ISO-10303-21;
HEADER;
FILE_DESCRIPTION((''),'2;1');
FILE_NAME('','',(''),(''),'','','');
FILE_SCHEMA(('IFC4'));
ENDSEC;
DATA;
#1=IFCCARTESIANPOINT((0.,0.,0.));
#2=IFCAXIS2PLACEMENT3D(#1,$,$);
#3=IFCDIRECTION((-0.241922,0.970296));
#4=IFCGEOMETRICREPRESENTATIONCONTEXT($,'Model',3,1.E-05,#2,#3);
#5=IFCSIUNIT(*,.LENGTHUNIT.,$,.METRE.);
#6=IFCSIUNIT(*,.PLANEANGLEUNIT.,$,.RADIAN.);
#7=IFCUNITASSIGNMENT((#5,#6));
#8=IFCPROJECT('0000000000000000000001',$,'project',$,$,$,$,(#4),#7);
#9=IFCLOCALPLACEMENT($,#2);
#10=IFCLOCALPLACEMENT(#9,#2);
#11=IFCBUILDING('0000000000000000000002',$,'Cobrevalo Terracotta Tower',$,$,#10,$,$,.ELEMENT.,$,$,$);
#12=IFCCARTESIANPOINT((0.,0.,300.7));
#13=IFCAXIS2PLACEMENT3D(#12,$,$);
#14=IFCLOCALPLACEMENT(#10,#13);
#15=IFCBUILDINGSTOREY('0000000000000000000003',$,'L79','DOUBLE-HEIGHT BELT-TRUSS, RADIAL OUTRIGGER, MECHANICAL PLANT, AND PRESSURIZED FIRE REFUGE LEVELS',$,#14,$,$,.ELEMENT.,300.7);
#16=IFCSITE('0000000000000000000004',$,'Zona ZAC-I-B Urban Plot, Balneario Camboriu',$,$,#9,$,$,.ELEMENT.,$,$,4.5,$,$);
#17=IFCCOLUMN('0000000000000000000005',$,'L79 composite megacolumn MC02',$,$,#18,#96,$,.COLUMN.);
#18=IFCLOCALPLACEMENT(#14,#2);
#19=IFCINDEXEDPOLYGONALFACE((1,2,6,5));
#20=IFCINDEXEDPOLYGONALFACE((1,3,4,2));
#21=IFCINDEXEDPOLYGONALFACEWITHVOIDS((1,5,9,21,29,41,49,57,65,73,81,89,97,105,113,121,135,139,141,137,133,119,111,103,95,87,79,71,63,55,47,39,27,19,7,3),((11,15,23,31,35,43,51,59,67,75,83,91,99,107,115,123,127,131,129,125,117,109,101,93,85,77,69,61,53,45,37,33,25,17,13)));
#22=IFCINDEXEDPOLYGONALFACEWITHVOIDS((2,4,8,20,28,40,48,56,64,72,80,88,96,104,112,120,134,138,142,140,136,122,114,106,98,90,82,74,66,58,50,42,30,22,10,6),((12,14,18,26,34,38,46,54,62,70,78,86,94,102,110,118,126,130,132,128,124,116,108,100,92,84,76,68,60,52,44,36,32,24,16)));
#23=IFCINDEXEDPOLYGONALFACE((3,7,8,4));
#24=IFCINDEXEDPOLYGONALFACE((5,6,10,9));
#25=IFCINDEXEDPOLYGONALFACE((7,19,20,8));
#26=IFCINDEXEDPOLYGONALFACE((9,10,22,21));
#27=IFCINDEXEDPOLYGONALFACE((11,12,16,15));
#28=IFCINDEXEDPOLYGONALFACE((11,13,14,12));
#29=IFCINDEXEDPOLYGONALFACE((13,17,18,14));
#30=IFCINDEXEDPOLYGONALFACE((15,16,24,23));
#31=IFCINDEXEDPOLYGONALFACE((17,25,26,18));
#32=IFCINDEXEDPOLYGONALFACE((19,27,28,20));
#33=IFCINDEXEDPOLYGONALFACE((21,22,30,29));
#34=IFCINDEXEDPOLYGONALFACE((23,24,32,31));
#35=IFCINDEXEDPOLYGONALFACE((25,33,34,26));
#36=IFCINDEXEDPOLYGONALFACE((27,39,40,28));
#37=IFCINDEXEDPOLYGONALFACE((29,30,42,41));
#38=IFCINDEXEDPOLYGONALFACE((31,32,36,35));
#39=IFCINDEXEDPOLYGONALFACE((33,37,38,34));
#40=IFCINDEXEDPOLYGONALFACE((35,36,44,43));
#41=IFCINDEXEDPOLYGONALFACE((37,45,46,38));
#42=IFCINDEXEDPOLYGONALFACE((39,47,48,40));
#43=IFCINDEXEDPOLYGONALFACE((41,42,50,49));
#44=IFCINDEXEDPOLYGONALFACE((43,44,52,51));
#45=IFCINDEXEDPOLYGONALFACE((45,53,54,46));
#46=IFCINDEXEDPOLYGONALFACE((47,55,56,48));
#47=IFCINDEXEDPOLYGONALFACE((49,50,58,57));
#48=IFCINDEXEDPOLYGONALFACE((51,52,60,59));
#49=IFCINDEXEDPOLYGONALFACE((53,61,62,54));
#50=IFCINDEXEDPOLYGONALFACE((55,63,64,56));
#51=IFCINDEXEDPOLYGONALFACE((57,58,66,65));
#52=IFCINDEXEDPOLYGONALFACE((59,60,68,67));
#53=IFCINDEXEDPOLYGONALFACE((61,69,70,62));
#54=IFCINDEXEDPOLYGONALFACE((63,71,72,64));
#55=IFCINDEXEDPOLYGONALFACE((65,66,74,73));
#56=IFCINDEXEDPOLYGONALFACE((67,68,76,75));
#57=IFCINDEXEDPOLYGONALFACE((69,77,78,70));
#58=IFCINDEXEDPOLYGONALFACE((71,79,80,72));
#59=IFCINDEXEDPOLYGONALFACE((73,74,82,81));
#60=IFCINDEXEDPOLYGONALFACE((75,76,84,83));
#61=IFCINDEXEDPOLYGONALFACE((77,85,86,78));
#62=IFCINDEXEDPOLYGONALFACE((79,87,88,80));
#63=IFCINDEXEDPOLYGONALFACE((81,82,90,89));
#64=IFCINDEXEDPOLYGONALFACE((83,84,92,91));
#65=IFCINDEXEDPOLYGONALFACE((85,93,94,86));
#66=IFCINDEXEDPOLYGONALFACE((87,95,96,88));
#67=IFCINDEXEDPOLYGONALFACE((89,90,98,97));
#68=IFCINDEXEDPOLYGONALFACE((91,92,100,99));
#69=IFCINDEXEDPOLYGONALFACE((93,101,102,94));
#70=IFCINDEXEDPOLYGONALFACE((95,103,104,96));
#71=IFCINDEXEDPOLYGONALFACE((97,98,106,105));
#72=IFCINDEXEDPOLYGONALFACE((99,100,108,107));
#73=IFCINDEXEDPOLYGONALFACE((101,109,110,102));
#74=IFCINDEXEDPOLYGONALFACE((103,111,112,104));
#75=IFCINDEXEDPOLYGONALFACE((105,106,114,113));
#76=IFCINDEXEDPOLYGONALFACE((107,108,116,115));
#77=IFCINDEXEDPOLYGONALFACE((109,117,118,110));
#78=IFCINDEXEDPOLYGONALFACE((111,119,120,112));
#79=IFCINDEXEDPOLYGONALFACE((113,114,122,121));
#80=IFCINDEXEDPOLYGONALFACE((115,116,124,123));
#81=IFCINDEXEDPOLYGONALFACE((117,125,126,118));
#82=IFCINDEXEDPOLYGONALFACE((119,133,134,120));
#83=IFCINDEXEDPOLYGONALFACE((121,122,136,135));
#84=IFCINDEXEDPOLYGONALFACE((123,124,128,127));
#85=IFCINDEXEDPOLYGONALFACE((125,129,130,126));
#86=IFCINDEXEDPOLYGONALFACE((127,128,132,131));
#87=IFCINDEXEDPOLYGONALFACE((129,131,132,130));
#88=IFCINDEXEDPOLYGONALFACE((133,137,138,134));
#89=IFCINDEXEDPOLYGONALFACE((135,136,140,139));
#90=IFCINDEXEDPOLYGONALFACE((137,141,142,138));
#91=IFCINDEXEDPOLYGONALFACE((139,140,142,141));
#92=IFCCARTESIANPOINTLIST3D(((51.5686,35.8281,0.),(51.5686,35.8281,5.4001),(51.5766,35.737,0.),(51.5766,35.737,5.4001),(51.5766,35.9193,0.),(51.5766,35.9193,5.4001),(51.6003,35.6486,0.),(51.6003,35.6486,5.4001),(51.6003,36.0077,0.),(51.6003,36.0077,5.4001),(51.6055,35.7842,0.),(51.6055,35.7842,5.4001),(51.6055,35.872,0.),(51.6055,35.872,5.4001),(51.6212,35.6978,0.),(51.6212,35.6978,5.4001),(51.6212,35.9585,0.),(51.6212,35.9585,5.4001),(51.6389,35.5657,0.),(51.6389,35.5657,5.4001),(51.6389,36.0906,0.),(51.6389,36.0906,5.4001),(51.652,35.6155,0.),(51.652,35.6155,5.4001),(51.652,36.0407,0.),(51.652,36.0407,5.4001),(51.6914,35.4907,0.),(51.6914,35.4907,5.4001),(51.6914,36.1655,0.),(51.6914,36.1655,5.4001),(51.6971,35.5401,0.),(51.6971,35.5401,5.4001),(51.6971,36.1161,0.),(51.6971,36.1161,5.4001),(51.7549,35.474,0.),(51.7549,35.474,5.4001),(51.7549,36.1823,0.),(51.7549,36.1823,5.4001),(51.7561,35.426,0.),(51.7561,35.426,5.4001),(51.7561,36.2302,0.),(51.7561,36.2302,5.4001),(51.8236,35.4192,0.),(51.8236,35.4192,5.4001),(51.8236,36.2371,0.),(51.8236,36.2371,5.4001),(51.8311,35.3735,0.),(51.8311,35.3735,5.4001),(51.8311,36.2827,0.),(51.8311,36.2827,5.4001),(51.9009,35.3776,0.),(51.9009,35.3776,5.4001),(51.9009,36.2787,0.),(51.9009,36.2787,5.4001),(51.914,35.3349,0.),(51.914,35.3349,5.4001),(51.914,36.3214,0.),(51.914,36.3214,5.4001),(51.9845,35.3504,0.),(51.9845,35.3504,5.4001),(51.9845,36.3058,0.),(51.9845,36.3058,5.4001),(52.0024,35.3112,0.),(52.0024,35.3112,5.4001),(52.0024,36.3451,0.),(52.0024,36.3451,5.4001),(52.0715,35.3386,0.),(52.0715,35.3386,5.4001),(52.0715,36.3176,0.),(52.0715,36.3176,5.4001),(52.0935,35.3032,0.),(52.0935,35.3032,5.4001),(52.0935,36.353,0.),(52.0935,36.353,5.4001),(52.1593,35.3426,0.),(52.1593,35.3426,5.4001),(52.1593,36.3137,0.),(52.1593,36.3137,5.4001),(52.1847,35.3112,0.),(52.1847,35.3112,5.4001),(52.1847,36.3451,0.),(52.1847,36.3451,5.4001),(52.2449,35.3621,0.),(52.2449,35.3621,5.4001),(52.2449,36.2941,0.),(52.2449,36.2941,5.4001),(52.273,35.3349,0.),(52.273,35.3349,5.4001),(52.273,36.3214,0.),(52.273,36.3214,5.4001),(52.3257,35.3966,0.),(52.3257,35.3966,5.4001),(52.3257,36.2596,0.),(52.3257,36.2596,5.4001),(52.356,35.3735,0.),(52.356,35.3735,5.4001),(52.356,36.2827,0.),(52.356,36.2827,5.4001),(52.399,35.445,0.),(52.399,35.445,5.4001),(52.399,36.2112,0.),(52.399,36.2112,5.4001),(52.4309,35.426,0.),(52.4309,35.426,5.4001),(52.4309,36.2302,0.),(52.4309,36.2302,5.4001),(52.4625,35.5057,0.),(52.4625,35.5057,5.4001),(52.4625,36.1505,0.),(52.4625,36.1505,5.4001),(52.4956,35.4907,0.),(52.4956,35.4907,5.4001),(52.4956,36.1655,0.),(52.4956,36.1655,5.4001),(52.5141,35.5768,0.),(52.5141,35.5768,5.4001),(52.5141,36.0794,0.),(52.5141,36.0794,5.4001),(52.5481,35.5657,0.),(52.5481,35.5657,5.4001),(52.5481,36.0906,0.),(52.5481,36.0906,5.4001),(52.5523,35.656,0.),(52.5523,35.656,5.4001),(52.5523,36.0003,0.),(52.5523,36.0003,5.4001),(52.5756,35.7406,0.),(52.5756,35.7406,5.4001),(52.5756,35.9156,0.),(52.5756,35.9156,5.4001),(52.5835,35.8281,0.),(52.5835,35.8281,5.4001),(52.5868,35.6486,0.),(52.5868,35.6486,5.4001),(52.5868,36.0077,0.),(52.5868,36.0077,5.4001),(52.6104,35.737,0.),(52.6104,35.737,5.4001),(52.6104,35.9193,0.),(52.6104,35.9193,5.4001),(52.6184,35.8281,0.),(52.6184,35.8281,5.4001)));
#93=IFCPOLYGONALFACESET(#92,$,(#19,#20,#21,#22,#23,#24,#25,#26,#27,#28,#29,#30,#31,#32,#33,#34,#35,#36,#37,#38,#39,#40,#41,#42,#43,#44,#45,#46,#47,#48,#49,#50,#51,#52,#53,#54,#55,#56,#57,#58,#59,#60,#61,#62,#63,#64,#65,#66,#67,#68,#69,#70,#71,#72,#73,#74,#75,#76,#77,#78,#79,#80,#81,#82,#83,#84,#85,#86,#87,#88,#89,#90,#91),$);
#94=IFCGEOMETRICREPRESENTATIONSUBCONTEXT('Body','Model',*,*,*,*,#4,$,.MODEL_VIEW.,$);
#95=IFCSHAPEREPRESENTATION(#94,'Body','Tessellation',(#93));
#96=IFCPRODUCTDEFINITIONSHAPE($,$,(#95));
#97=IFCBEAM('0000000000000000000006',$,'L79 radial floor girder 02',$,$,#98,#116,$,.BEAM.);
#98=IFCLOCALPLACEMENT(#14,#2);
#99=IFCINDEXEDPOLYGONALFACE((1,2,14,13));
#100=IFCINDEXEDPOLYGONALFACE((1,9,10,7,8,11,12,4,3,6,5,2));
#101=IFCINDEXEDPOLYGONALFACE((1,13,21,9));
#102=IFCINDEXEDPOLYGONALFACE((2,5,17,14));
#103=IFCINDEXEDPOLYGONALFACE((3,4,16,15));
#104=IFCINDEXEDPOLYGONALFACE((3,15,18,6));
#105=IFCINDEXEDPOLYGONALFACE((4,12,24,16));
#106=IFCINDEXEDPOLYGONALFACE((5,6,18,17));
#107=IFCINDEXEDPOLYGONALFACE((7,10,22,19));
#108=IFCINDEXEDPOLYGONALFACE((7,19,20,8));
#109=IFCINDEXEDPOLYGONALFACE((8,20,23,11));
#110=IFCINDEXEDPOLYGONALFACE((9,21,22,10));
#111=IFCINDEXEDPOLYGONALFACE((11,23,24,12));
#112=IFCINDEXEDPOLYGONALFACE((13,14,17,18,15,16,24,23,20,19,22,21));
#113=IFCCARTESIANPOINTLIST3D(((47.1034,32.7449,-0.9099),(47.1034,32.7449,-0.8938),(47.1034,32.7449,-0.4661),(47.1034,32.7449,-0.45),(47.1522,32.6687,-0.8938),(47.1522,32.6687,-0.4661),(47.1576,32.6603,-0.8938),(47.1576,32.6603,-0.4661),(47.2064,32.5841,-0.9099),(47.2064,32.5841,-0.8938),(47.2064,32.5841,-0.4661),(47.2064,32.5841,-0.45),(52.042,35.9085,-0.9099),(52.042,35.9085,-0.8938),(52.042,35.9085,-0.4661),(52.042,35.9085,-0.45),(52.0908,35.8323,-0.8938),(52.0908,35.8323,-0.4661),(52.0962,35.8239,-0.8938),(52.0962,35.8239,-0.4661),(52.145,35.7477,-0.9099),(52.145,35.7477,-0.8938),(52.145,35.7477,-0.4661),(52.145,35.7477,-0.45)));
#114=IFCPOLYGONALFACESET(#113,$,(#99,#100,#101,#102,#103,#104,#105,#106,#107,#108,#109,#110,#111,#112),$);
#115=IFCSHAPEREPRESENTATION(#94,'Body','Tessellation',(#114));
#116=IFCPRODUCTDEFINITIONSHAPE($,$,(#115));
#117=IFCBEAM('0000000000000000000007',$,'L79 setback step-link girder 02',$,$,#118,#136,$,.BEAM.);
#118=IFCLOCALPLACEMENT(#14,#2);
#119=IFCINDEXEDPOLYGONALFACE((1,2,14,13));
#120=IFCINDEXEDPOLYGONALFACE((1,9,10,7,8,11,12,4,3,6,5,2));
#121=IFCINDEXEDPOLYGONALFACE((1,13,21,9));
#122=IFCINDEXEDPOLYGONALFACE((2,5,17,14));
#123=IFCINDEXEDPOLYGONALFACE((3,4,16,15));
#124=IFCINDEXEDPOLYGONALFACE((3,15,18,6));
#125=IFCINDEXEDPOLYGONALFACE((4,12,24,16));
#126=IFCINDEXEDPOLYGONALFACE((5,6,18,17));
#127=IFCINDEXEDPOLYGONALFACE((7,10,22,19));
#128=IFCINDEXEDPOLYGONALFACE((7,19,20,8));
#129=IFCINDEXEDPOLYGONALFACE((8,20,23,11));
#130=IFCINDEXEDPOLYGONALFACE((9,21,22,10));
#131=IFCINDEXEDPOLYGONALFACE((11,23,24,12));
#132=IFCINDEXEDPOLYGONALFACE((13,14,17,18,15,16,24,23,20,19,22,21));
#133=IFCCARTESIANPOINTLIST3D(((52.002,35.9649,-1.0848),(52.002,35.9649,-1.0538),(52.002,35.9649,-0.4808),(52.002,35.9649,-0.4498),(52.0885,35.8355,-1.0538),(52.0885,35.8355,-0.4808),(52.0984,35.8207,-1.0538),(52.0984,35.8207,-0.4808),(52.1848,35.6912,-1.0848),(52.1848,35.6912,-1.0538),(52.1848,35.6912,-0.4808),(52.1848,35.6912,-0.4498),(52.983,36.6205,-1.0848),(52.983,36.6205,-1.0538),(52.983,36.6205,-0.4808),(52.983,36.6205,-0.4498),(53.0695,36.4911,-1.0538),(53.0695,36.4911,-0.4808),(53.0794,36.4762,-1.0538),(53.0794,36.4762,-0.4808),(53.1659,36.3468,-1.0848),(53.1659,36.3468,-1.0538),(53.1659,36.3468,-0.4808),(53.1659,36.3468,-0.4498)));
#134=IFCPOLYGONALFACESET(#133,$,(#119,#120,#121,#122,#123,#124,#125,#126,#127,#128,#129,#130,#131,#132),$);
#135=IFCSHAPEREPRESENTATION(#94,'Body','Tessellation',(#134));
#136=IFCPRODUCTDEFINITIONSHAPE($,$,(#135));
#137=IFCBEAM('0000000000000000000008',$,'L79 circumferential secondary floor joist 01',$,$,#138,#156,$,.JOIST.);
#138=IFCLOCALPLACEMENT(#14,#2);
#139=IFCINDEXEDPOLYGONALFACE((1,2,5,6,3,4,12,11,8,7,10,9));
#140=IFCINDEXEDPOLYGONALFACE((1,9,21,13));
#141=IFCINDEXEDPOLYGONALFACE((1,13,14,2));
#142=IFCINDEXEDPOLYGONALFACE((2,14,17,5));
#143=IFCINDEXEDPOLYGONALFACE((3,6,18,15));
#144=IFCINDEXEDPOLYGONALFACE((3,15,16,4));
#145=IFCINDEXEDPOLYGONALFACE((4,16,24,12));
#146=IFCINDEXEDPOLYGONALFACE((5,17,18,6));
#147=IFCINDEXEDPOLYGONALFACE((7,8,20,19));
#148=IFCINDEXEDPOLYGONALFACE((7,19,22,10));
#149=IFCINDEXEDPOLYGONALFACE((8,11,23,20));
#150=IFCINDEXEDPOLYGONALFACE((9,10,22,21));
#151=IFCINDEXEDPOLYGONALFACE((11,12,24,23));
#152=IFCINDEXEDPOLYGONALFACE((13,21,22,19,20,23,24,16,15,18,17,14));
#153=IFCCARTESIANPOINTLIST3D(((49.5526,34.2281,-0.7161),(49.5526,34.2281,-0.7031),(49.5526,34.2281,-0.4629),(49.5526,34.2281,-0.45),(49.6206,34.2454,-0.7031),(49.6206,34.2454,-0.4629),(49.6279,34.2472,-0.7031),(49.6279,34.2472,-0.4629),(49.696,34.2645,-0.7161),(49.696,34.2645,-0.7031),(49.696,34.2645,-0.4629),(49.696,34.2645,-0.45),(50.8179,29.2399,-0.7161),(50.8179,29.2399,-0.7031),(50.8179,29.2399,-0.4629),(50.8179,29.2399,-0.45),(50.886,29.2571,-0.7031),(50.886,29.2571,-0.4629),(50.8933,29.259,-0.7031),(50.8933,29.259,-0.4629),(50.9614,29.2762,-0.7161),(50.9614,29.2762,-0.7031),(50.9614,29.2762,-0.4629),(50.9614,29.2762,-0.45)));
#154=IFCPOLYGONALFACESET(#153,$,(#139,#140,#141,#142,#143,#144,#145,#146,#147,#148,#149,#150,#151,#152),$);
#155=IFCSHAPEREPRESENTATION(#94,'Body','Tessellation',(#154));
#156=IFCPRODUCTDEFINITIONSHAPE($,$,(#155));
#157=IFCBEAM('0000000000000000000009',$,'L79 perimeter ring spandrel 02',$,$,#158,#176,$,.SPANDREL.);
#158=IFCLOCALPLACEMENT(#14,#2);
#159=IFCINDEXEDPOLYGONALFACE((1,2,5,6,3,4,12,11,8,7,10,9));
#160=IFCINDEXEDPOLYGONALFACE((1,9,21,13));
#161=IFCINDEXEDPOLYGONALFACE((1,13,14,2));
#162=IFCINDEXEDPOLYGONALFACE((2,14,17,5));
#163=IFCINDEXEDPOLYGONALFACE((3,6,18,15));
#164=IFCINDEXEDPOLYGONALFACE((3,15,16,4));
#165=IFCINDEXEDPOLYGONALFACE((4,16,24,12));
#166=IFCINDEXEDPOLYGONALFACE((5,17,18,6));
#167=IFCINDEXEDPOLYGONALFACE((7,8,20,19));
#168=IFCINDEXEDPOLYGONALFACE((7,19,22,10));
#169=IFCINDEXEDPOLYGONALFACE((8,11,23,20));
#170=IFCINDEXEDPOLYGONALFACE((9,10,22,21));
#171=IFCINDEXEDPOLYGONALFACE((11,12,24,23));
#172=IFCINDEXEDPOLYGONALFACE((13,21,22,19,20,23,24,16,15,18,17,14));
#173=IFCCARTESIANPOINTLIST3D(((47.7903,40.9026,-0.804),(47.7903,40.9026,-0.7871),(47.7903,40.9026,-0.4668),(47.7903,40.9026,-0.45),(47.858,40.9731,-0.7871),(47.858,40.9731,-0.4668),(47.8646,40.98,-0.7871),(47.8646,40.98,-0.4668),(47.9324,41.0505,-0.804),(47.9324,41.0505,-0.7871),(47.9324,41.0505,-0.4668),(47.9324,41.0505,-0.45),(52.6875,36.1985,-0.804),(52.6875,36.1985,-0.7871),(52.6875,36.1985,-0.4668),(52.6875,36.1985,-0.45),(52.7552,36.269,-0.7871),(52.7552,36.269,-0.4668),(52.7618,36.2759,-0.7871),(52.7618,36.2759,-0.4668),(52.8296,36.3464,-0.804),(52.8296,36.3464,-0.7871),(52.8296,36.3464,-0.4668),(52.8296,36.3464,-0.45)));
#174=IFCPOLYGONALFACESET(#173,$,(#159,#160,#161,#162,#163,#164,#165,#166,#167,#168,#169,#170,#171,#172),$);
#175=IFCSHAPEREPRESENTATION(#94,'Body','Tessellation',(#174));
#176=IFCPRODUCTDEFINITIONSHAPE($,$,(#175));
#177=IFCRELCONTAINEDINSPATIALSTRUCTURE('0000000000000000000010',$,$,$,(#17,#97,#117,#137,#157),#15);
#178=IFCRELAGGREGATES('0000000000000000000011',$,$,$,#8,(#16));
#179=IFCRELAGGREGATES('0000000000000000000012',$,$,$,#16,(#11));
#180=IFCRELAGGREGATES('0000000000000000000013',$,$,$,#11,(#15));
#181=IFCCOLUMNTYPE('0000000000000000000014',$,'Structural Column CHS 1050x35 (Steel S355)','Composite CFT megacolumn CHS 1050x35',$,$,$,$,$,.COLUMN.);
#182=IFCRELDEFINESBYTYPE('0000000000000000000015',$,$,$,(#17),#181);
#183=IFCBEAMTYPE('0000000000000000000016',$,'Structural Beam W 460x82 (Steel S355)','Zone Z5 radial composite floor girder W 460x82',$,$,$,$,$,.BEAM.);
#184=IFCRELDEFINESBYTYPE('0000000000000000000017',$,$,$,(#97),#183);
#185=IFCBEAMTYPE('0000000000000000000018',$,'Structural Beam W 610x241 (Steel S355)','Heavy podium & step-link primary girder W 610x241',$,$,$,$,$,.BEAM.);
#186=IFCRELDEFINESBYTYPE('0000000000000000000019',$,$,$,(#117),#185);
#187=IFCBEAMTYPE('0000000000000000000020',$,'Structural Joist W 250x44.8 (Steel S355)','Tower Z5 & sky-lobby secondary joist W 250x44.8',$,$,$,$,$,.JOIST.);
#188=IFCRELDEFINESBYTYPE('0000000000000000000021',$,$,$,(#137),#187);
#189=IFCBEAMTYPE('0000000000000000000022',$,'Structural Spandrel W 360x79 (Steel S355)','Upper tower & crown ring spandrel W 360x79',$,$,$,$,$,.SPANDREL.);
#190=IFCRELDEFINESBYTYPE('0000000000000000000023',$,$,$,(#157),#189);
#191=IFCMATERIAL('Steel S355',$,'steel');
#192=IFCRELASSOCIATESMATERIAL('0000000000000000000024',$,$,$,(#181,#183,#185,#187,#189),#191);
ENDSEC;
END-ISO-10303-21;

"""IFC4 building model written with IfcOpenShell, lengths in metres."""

from ifc_helpers import new_model, si_unit, direction, frame, origin, origin_2d, place, context, subcontext, project, spatial, hollow_circle, i_section, extrude, material, material_profile, profile_set, type_object, element, save


model = new_model("IFC4")

# Units and contexts
model_context = context("Model", 3, precision=1e-05, world=origin(), true_north=direction((-0.241922, 0.970296)))
body_context = subcontext(model_context, "Body", "Model", "MODEL_VIEW")
ifc_project = project(units=[si_unit("LENGTHUNIT", "METRE"), si_unit("PLANEANGLEUNIT", "RADIAN")], contexts=[model_context])

# Site, building, storey
site_placement = place(None, origin())
site = spatial("IfcSite", under=ifc_project, at=site_placement, Name="Zona ZAC-I-B Urban Plot, Balneario Camboriu", CompositionType="ELEMENT", RefElevation=4.5)
building_placement = place(site_placement, origin())
building = spatial("IfcBuilding", under=site, at=building_placement, Name="Cobrevalo Terracotta Tower", CompositionType="ELEMENT")
storey_placement = place(building_placement, frame((0.0, 0.0, 300.7)))
storey = spatial("IfcBuildingStorey", under=building, at=storey_placement, Name="L79", Description="DOUBLE-HEIGHT BELT-TRUSS, RADIAL OUTRIGGER, MECHANICAL PLANT, AND PRESSURIZED FIRE REFUGE LEVELS", CompositionType="ELEMENT", Elevation=300.7)

# Column
ifc_material_1 = material(Name="Steel S355", Category="steel")
ifc_material_profile_1 = material_profile(ifc_material_1, hollow_circle(Radius=0.5249, WallThickness=0.0349, at=origin_2d()), Name="CHS 1050x35")
ifc_profile_set_1 = profile_set([ifc_material_profile_1], Name="Steel S355")
column_type = type_object("IfcColumnType", Name="Structural Column CHS 1050x35 (Steel S355)", Description="Composite CFT megacolumn CHS 1050x35", PredefinedType="COLUMN", material=ifc_profile_set_1)
column_placement = place(storey_placement, frame((52.0935, 35.8281, 0.0), z_axis=(0.0, 0.0, 1.0), x_axis=(1.0, 0.0, 0.0)))
element("IfcColumn", 1, at=column_placement, inside=storey, type_object=column_type, Name="L79 composite megacolumn MC02", PredefinedType="COLUMN", context=body_context, shape_type="SweptSolid", body=[
    extrude(hollow_circle(Radius=0.5249, WallThickness=0.0349, at=origin_2d()), origin(), (0.0, 0.0, 1.0), 5.4001),
])

# Beams
ifc_material_profile_2 = material_profile(ifc_material_1, i_section(OverallWidth=0.1909, OverallDepth=0.46, WebThickness=0.01, FlangeThickness=0.0161, at=origin_2d()), Name="W 460x82")
ifc_profile_set_2 = profile_set([ifc_material_profile_2], Name="Steel S355")
beam_type_1 = type_object("IfcBeamType", Name="Structural Beam W 460x82 (Steel S355)", Description="Zone Z5 radial composite floor girder W 460x82", PredefinedType="BEAM", material=ifc_profile_set_2)
beam_1_placement = place(storey_placement, frame((52.0935, 35.8281, -0.6799), z_axis=(-0.842043, -0.53941, 0.0), x_axis=(0.53941, -0.842043, 0.0)))
element("IfcBeam", 2, at=beam_1_placement, inside=storey, type_object=beam_type_1, Name="L79 radial floor girder 02", PredefinedType="BEAM", context=body_context, shape_type="SweptSolid", body=[
    extrude(i_section(OverallWidth=0.1909, OverallDepth=0.46, WebThickness=0.01, FlangeThickness=0.0161, at=origin_2d()), origin(), (0.0, 0.0, 1.0), 5.865),
])
ifc_material_profile_3 = material_profile(ifc_material_1, i_section(OverallWidth=0.3291, OverallDepth=0.635, WebThickness=0.0178, FlangeThickness=0.031, at=origin_2d()), Name="W 610x241")
ifc_profile_set_3 = profile_set([ifc_material_profile_3], Name="Steel S355")
beam_type_2 = type_object("IfcBeamType", Name="Structural Beam W 610x241 (Steel S355)", Description="Heavy podium & step-link primary girder W 610x241", PredefinedType="BEAM", material=ifc_profile_set_3)
beam_2_placement = place(storey_placement, frame((53.0745, 36.4836, -0.7673), z_axis=(-0.831445, -0.555607, 0.0), x_axis=(0.555607, -0.831445, 0.0)))
element("IfcBeam", 3, at=beam_2_placement, inside=storey, type_object=beam_type_2, Name="L79 setback step-link girder 02", PredefinedType="BEAM", context=body_context, shape_type="SweptSolid", body=[
    extrude(i_section(OverallWidth=0.3291, OverallDepth=0.635, WebThickness=0.0178, FlangeThickness=0.031, at=origin_2d()), origin(), (0.0, 0.0, 1.0), 1.1799),
])
ifc_material_profile_4 = material_profile(ifc_material_1, i_section(OverallWidth=0.1479, OverallDepth=0.2661, WebThickness=0.0076, FlangeThickness=0.0129, at=origin_2d()), Name="W 250x44.8")
ifc_profile_set_4 = profile_set([ifc_material_profile_4], Name="Steel S355")
beam_type_3 = type_object("IfcBeamType", Name="Structural Joist W 250x44.8 (Steel S355)", Description="Tower Z5 & sky-lobby secondary joist W 250x44.8", PredefinedType="JOIST", material=ifc_profile_set_4)
beam_3_placement = place(storey_placement, frame((50.8896, 29.2581, -0.583), z_axis=(-0.245883, 0.9693, 0.0), x_axis=(-0.9693, -0.245883, 0.0)))
element("IfcBeam", 4, at=beam_3_placement, inside=storey, type_object=beam_type_3, Name="L79 circumferential secondary floor joist 01", PredefinedType="JOIST", context=body_context, shape_type="SweptSolid", body=[
    extrude(i_section(OverallWidth=0.1479, OverallDepth=0.2661, WebThickness=0.0076, FlangeThickness=0.0129, at=origin_2d()), origin(), (0.0, 0.0, 1.0), 5.1462),
])
ifc_material_profile_5 = material_profile(ifc_material_1, i_section(OverallWidth=0.2051, OverallDepth=0.354, WebThickness=0.0095, FlangeThickness=0.0168, at=origin_2d()), Name="W 360x79")
ifc_profile_set_5 = profile_set([ifc_material_profile_5], Name="Steel S355")
beam_type_4 = type_object("IfcBeamType", Name="Structural Spandrel W 360x79 (Steel S355)", Description="Upper tower & crown ring spandrel W 360x79", PredefinedType="SPANDREL", material=ifc_profile_set_5)
beam_4_placement = place(storey_placement, frame((52.7585, 36.2725, -0.627), z_axis=(-0.721183, 0.692744, 0.0), x_axis=(-0.692744, -0.721183, 0.0)))
element("IfcBeam", 5, at=beam_4_placement, inside=storey, type_object=beam_type_4, Name="L79 perimeter ring spandrel 02", PredefinedType="SPANDREL", context=body_context, shape_type="SweptSolid", body=[
    extrude(i_section(OverallWidth=0.2051, OverallDepth=0.354, WebThickness=0.0095, FlangeThickness=0.0168, at=origin_2d()), origin(), (0.0, 0.0, 1.0), 6.7905),
])

save(model, "model.ifc")
